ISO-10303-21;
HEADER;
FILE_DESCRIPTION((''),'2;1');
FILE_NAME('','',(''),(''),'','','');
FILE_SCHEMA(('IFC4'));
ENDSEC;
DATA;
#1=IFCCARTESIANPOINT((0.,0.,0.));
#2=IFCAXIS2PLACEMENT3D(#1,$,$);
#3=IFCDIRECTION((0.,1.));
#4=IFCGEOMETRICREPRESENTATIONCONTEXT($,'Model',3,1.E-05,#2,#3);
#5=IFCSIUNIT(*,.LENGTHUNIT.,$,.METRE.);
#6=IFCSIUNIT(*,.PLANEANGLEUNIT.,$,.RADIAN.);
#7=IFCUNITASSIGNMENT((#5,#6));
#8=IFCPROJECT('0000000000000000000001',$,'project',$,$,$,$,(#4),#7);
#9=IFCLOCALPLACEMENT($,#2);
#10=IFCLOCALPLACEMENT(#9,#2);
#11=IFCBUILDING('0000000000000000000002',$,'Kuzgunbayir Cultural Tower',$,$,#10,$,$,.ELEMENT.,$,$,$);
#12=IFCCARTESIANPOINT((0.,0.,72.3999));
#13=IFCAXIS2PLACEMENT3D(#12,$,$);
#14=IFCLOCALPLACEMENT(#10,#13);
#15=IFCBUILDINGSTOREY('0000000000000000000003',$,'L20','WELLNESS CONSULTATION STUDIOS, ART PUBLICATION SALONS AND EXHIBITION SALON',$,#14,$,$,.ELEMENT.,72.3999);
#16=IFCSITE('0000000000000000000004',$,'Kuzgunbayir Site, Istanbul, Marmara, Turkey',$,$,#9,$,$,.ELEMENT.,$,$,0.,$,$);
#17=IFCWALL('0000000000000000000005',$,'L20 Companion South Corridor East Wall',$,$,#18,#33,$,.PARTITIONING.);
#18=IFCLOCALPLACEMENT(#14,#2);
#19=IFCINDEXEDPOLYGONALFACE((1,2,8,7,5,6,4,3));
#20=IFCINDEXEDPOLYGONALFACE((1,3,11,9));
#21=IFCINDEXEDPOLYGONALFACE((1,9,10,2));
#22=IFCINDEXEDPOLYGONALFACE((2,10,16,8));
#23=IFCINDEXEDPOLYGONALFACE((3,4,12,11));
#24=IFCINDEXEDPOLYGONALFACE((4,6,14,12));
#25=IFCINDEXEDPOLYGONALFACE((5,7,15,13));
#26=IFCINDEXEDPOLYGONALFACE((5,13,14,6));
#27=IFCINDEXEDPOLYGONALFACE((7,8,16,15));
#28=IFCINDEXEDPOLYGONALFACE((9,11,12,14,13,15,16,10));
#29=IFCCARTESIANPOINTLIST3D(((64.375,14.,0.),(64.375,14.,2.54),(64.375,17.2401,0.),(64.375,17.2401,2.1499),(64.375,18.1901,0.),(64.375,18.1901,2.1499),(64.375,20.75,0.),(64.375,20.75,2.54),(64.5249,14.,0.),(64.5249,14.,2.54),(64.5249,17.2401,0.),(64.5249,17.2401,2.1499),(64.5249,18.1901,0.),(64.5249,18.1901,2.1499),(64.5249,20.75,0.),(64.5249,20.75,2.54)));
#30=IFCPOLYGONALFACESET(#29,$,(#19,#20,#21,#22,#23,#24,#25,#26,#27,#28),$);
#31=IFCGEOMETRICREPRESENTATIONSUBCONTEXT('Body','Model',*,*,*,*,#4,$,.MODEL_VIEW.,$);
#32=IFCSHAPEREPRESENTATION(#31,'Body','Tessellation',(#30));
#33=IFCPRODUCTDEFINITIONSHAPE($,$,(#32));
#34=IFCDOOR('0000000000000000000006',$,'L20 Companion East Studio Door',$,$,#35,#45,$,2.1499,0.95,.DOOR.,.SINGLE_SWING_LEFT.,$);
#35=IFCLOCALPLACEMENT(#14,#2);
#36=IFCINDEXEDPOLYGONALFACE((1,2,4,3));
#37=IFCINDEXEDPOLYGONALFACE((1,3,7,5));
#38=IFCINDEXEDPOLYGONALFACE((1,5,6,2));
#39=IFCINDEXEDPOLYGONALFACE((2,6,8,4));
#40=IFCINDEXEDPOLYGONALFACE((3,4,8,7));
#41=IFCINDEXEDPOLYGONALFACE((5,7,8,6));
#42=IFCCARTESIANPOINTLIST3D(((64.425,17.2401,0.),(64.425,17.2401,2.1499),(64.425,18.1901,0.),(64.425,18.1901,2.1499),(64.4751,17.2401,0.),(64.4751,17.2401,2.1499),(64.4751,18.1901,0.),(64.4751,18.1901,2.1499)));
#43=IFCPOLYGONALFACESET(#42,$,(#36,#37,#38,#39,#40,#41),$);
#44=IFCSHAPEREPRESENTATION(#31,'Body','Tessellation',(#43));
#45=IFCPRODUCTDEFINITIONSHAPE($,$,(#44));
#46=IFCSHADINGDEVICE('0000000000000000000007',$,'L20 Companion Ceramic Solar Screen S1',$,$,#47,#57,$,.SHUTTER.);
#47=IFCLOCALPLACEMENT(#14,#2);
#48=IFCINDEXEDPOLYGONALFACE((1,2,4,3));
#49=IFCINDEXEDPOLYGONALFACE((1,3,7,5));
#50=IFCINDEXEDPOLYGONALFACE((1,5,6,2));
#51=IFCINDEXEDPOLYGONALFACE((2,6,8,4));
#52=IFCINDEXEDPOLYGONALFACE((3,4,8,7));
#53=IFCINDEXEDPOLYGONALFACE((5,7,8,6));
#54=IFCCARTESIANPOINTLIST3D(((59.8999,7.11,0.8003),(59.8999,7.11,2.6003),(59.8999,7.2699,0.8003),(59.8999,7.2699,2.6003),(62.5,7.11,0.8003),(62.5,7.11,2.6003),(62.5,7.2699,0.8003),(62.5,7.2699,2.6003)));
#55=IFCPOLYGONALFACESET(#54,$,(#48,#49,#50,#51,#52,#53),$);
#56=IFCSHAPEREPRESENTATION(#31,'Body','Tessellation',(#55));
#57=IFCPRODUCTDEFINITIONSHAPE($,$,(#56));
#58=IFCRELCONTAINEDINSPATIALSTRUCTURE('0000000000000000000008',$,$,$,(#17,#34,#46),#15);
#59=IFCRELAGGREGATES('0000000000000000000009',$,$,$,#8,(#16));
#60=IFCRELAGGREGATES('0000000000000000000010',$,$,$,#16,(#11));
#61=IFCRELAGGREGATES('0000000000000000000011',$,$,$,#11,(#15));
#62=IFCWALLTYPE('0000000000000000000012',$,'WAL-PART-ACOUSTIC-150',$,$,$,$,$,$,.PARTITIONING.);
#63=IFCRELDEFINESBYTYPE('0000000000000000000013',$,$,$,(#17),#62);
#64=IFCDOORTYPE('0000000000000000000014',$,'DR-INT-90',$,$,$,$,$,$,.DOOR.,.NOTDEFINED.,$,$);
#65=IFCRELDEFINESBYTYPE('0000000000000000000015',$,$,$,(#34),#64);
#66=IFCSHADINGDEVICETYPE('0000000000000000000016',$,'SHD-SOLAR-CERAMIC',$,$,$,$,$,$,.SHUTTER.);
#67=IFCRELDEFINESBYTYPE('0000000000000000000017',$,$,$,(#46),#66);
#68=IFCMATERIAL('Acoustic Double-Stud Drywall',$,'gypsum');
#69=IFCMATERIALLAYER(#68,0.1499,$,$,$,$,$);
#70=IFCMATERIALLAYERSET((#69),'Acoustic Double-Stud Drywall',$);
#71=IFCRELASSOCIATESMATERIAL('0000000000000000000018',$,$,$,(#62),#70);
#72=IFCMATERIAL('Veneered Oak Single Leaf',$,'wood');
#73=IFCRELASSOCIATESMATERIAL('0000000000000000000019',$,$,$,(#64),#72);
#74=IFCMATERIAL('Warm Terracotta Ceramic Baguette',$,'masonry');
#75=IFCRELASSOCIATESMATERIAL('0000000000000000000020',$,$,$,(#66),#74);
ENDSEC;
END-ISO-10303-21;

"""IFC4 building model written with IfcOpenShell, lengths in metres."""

from ifc_helpers import new_model, si_unit, direction, frame, frame_2d, origin, origin_2d, place, context, subcontext, project, spatial, rectangle, extrude, material, layer, layer_set, type_object, element, fill, save


model = new_model("IFC4")

# Units and contexts
model_context = context("Model", 3, precision=1e-05, world=origin(), true_north=direction((0.0, 1.0)))
body_context = subcontext(model_context, "Body", "Model", "MODEL_VIEW")
ifc_project = project(units=[si_unit("LENGTHUNIT", "METRE"), si_unit("PLANEANGLEUNIT", "RADIAN")], contexts=[model_context])

# Site, building, storey
site_placement = place(None, origin())
site = spatial("IfcSite", under=ifc_project, at=site_placement, Name="Kuzgunbayir Site, Istanbul, Marmara, Turkey", CompositionType="ELEMENT", RefElevation=0.0)
building_placement = place(site_placement, origin())
building = spatial("IfcBuilding", under=site, at=building_placement, Name="Kuzgunbayir Cultural Tower", CompositionType="ELEMENT")
storey_placement = place(building_placement, frame((0.0, 0.0, 72.3999)))
storey = spatial("IfcBuildingStorey", under=building, at=storey_placement, Name="L20", Description="WELLNESS CONSULTATION STUDIOS, ART PUBLICATION SALONS AND EXHIBITION SALON", CompositionType="ELEMENT", Elevation=72.3999)

# Shared definitions
ifc_material_1 = material(Name="Acoustic Double-Stud Drywall", Category="gypsum")
ifc_layer_1 = layer(ifc_material_1, 0.1499)
ifc_layer_set_1 = layer_set([ifc_layer_1], Name="Acoustic Double-Stud Drywall")
wall_type_1 = type_object("IfcWallType", Name="WAL-PART-ACOUSTIC-150", PredefinedType="PARTITIONING", material=ifc_layer_set_1)
ifc_material_2 = material(Name="Veneered Oak Single Leaf", Category="wood")
door_type_1 = type_object("IfcDoorType", Name="DR-INT-90", OperationType="NOTDEFINED", PredefinedType="DOOR", material=ifc_material_2)

# Wall, opening, door
wall_1_placement = place(storey_placement, frame((64.45, 14.0, 0.0), z_axis=(0.0, 0.0, 1.0), x_axis=(0.0, 1.0, 0.0)))
wall_1 = element("IfcWall", 1, at=wall_1_placement, inside=storey, type_object=wall_type_1, Name="L20 Companion South Corridor East Wall", PredefinedType="PARTITIONING", context=body_context, shape_type="SweptSolid", body=[
    extrude(rectangle(XDim=6.75, YDim=0.1499, at=frame_2d((3.375, 0.0))), origin(), (0.0, 0.0, 1.0), 2.54),
])
opening_1_placement = place(wall_1_placement, frame((3.24, 0.0, 0.0)))
opening_1 = element("IfcOpeningElement", 2, at=opening_1_placement, cuts=wall_1, PredefinedType="OPENING", context=body_context, shape_type="SweptSolid", body=[
    extrude(rectangle(XDim=0.95, YDim=2.1499, at=frame_2d((0.4751, 1.075))), frame((0.0, 0.085, 0.0), z_axis=(0.0, -1.0, 0.0), x_axis=(1.0, 0.0, 0.0)), (0.0, 0.0, 1.0), 0.1699),
])
door_1_placement = place(opening_1_placement, origin())
door_1 = element("IfcDoor", 3, at=door_1_placement, inside=storey, type_object=door_type_1, Name="L20 Companion East Studio Door", OperationType="SINGLE_SWING_LEFT", OverallHeight=2.1499, OverallWidth=0.95, PredefinedType="DOOR", context=body_context, shape_type="SweptSolid", body=[
    extrude(rectangle(XDim=0.95, YDim=2.1499, at=frame_2d((0.4751, 1.075))), frame((0.0, 0.0249, 0.0), z_axis=(0.0, -1.0, 0.0), x_axis=(1.0, 0.0, 0.0)), (0.0, 0.0, 1.0), 0.05),
])
fill(opening_1, door_1)

# Shading device
ifc_material_3 = material(Name="Warm Terracotta Ceramic Baguette", Category="masonry")
shading_device_type = type_object("IfcShadingDeviceType", Name="SHD-SOLAR-CERAMIC", PredefinedType="SHUTTER", material=ifc_material_3)
shading_device_placement = place(storey_placement, frame((61.2, 7.1899, 0.8003), z_axis=(0.0, 0.0, 1.0), x_axis=(1.0, 0.0, 0.0)))
element("IfcShadingDevice", 4, at=shading_device_placement, inside=storey, type_object=shading_device_type, Name="L20 Companion Ceramic Solar Screen S1", PredefinedType="SHUTTER", context=body_context, shape_type="SweptSolid", body=[
    extrude(rectangle(XDim=2.6001, YDim=0.1599, at=origin_2d()), origin(), (0.0, 0.0, 1.0), 1.8),
])

save(model, "model.ifc")
